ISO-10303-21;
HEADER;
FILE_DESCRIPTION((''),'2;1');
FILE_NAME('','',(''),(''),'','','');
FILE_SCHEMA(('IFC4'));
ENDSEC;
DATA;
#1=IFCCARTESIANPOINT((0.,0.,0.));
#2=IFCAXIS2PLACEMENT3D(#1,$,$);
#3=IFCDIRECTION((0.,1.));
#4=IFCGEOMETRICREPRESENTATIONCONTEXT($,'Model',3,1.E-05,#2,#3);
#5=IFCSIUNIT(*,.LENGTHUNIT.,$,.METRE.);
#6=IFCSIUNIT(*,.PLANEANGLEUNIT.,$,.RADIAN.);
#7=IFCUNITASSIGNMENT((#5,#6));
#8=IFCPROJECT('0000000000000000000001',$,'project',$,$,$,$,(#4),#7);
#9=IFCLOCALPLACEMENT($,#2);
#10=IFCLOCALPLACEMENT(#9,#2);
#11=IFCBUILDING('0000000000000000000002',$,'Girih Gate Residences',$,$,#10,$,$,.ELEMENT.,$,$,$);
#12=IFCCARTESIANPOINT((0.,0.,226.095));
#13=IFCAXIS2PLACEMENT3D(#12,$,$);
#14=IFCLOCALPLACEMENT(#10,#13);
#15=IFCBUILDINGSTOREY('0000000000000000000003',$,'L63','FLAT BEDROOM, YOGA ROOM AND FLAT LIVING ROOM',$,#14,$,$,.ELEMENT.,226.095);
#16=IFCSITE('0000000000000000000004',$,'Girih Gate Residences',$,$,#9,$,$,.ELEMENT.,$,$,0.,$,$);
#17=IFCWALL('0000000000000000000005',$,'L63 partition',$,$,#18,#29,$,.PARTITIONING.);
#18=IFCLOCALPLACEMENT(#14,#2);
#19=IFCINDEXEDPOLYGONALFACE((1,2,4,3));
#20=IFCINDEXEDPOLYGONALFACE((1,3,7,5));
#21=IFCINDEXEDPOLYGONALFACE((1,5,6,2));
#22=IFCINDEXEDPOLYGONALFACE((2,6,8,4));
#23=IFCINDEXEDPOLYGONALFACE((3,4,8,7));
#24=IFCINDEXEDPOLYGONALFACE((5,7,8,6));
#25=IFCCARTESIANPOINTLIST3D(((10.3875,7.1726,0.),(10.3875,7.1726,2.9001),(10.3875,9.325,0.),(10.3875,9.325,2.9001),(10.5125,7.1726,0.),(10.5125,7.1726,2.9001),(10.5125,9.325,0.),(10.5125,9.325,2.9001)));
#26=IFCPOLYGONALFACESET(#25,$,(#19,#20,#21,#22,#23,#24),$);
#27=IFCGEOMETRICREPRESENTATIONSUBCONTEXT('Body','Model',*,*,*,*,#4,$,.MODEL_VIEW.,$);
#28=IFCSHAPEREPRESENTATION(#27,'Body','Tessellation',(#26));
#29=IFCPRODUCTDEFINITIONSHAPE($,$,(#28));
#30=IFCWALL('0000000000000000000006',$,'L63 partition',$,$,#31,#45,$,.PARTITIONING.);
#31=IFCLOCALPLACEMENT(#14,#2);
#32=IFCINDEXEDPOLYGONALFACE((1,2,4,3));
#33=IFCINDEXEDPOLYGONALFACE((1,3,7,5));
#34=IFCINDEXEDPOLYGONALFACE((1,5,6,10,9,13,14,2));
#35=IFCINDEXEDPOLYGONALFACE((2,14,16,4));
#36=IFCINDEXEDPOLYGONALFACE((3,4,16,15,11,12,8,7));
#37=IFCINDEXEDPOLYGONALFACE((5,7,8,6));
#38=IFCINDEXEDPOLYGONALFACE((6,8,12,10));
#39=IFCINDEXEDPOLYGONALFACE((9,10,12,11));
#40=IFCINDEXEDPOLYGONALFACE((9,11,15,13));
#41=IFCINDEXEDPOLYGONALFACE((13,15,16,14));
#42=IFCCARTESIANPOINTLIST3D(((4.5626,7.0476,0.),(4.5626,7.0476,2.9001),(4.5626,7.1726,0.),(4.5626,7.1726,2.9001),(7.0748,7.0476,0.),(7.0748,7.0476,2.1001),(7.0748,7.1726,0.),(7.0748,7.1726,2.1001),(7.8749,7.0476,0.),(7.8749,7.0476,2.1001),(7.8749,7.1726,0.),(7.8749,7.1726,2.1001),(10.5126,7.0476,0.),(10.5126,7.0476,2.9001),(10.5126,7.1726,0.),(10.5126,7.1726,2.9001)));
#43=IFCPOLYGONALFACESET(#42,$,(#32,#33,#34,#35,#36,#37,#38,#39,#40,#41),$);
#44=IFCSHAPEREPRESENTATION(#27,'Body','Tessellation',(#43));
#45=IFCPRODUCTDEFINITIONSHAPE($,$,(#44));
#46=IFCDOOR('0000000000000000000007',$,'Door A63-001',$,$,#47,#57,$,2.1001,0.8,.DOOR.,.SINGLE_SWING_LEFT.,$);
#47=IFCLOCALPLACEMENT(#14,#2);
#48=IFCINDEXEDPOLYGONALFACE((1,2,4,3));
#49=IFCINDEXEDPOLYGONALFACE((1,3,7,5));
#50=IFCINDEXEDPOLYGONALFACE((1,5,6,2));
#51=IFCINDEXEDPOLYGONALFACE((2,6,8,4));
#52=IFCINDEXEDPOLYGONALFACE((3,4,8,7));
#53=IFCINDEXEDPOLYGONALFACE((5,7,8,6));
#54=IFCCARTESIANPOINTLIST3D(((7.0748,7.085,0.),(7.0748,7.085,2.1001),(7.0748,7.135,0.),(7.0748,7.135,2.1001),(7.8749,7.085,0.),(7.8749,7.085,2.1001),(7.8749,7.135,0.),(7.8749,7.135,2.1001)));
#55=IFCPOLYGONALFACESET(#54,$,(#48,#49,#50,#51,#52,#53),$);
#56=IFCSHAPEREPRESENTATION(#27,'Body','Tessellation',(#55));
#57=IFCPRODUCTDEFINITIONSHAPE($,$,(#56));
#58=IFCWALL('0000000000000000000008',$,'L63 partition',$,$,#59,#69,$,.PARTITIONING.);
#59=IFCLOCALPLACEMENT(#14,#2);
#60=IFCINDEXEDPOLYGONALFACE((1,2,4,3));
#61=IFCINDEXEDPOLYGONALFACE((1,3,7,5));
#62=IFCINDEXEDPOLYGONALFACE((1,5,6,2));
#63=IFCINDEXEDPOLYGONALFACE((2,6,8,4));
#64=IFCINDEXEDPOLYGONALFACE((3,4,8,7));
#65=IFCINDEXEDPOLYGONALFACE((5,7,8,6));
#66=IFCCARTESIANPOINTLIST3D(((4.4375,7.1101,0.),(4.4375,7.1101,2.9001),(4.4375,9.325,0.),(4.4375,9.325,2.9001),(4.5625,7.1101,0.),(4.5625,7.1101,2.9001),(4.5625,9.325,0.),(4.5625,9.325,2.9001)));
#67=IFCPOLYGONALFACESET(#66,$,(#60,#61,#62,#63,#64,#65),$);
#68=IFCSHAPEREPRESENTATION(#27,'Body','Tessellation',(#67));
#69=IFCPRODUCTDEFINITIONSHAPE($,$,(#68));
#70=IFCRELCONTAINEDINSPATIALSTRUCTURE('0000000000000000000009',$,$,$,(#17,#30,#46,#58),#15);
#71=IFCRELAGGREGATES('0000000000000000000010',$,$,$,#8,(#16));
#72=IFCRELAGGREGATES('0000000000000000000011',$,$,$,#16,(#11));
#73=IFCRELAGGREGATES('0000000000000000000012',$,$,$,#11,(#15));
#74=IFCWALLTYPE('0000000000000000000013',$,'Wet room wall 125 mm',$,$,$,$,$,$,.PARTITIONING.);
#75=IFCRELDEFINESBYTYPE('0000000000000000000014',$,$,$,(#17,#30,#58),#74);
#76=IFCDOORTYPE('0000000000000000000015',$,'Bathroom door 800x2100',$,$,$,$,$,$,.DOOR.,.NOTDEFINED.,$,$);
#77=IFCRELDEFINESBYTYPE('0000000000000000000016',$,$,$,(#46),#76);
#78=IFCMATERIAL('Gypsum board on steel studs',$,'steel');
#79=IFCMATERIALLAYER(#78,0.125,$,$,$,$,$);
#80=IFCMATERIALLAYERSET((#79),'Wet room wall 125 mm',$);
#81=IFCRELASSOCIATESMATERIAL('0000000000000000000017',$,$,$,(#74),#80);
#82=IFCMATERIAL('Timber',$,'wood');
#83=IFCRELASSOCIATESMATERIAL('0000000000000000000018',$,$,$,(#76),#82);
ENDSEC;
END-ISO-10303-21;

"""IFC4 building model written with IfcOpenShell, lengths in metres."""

from ifc_helpers import new_model, si_unit, direction, frame, frame_2d, origin, place, context, subcontext, project, spatial, rectangle, extrude, material, layer, layer_set, type_object, element, fill, save


model = new_model("IFC4")

# Units and contexts
model_context = context("Model", 3, precision=1e-05, world=origin(), true_north=direction((0.0, 1.0)))
body_context = subcontext(model_context, "Body", "Model", "MODEL_VIEW")
ifc_project = project(units=[si_unit("LENGTHUNIT", "METRE"), si_unit("PLANEANGLEUNIT", "RADIAN")], contexts=[model_context])

# Site, building, storey
site_placement = place(None, origin())
site = spatial("IfcSite", under=ifc_project, at=site_placement, Name="Girih Gate Residences", CompositionType="ELEMENT", RefElevation=0.0)
building_placement = place(site_placement, origin())
building = spatial("IfcBuilding", under=site, at=building_placement, Name="Girih Gate Residences", CompositionType="ELEMENT")
storey_placement = place(building_placement, frame((0.0, 0.0, 226.095)))
storey = spatial("IfcBuildingStorey", under=building, at=storey_placement, Name="L63", Description="FLAT BEDROOM, YOGA ROOM AND FLAT LIVING ROOM", CompositionType="ELEMENT", Elevation=226.095)

# Shared definitions
ifc_material_1 = material(Name="Gypsum board on steel studs", Category="steel")

# Shared definitions
ifc_material_2 = material(Name="Timber", Category="wood")

# Wall
ifc_layer_1 = layer(ifc_material_1, 0.125)
ifc_layer_set_1 = layer_set([ifc_layer_1], Name="Wet room wall 125 mm")
wall_type_1 = type_object("IfcWallType", Name="Wet room wall 125 mm", PredefinedType="PARTITIONING", material=ifc_layer_set_1)
wall_1_placement = place(storey_placement, frame((10.45, 7.1726, 0.0), z_axis=(0.0, 0.0, 1.0), x_axis=(0.0, 1.0, 0.0)))
element("IfcWall", 1, at=wall_1_placement, inside=storey, type_object=wall_type_1, Name="L63 partition", PredefinedType="PARTITIONING", context=body_context, shape_type="SweptSolid", body=[
    extrude(rectangle(XDim=2.1523, YDim=0.125, at=frame_2d((1.0762, 0.0))), origin(), (0.0, 0.0, 1.0), 2.9001),
])

# Wall, opening, door
wall_2_placement = place(storey_placement, frame((4.5625, 7.1101, 0.0), z_axis=(0.0, 0.0, 1.0), x_axis=(1.0, 0.0, 0.0)))
wall_2 = element("IfcWall", 2, at=wall_2_placement, inside=storey, type_object=wall_type_1, Name="L63 partition", PredefinedType="PARTITIONING", context=body_context, shape_type="SweptSolid", body=[
    extrude(rectangle(XDim=5.95, YDim=0.125, at=frame_2d((2.9751, 0.0))), origin(), (0.0, 0.0, 1.0), 2.9001),
])
opening_1_placement = place(wall_2_placement, frame((2.5125, 0.0, 0.0)))
opening_1 = element("IfcOpeningElement", 3, at=opening_1_placement, cuts=wall_2, PredefinedType="OPENING", context=body_context, shape_type="SweptSolid", body=[
    extrude(rectangle(XDim=0.8, YDim=2.1001, at=frame_2d((0.3999, 1.05))), frame((0.0, 0.0725, 0.0), z_axis=(0.0, -1.0, 0.0), x_axis=(1.0, 0.0, 0.0)), (0.0, 0.0, 1.0), 0.145),
])
door_type_1 = type_object("IfcDoorType", Name="Bathroom door 800x2100", OperationType="NOTDEFINED", PredefinedType="DOOR", material=ifc_material_2)
door_1_placement = place(opening_1_placement, origin())
door_1 = element("IfcDoor", 4, at=door_1_placement, inside=storey, type_object=door_type_1, Name="Door A63-001", OperationType="SINGLE_SWING_LEFT", OverallHeight=2.1001, OverallWidth=0.8, PredefinedType="DOOR", context=body_context, shape_type="SweptSolid", body=[
    extrude(rectangle(XDim=0.8, YDim=2.1001, at=frame_2d((0.3999, 1.05))), frame((0.0, 0.0249, 0.0), z_axis=(0.0, -1.0, 0.0), x_axis=(1.0, 0.0, 0.0)), (0.0, 0.0, 1.0), 0.05),
])
fill(opening_1, door_1)

# Wall
wall_3_placement = place(storey_placement, frame((4.5, 7.1101, 0.0), z_axis=(0.0, 0.0, 1.0), x_axis=(0.0, 1.0, 0.0)))
element("IfcWall", 5, at=wall_3_placement, inside=storey, type_object=wall_type_1, Name="L63 partition", PredefinedType="PARTITIONING", context=body_context, shape_type="SweptSolid", body=[
    extrude(rectangle(XDim=2.2148, YDim=0.125, at=frame_2d((1.1074, 0.0))), origin(), (0.0, 0.0, 1.0), 2.9001),
])

save(model, "model.ifc")
